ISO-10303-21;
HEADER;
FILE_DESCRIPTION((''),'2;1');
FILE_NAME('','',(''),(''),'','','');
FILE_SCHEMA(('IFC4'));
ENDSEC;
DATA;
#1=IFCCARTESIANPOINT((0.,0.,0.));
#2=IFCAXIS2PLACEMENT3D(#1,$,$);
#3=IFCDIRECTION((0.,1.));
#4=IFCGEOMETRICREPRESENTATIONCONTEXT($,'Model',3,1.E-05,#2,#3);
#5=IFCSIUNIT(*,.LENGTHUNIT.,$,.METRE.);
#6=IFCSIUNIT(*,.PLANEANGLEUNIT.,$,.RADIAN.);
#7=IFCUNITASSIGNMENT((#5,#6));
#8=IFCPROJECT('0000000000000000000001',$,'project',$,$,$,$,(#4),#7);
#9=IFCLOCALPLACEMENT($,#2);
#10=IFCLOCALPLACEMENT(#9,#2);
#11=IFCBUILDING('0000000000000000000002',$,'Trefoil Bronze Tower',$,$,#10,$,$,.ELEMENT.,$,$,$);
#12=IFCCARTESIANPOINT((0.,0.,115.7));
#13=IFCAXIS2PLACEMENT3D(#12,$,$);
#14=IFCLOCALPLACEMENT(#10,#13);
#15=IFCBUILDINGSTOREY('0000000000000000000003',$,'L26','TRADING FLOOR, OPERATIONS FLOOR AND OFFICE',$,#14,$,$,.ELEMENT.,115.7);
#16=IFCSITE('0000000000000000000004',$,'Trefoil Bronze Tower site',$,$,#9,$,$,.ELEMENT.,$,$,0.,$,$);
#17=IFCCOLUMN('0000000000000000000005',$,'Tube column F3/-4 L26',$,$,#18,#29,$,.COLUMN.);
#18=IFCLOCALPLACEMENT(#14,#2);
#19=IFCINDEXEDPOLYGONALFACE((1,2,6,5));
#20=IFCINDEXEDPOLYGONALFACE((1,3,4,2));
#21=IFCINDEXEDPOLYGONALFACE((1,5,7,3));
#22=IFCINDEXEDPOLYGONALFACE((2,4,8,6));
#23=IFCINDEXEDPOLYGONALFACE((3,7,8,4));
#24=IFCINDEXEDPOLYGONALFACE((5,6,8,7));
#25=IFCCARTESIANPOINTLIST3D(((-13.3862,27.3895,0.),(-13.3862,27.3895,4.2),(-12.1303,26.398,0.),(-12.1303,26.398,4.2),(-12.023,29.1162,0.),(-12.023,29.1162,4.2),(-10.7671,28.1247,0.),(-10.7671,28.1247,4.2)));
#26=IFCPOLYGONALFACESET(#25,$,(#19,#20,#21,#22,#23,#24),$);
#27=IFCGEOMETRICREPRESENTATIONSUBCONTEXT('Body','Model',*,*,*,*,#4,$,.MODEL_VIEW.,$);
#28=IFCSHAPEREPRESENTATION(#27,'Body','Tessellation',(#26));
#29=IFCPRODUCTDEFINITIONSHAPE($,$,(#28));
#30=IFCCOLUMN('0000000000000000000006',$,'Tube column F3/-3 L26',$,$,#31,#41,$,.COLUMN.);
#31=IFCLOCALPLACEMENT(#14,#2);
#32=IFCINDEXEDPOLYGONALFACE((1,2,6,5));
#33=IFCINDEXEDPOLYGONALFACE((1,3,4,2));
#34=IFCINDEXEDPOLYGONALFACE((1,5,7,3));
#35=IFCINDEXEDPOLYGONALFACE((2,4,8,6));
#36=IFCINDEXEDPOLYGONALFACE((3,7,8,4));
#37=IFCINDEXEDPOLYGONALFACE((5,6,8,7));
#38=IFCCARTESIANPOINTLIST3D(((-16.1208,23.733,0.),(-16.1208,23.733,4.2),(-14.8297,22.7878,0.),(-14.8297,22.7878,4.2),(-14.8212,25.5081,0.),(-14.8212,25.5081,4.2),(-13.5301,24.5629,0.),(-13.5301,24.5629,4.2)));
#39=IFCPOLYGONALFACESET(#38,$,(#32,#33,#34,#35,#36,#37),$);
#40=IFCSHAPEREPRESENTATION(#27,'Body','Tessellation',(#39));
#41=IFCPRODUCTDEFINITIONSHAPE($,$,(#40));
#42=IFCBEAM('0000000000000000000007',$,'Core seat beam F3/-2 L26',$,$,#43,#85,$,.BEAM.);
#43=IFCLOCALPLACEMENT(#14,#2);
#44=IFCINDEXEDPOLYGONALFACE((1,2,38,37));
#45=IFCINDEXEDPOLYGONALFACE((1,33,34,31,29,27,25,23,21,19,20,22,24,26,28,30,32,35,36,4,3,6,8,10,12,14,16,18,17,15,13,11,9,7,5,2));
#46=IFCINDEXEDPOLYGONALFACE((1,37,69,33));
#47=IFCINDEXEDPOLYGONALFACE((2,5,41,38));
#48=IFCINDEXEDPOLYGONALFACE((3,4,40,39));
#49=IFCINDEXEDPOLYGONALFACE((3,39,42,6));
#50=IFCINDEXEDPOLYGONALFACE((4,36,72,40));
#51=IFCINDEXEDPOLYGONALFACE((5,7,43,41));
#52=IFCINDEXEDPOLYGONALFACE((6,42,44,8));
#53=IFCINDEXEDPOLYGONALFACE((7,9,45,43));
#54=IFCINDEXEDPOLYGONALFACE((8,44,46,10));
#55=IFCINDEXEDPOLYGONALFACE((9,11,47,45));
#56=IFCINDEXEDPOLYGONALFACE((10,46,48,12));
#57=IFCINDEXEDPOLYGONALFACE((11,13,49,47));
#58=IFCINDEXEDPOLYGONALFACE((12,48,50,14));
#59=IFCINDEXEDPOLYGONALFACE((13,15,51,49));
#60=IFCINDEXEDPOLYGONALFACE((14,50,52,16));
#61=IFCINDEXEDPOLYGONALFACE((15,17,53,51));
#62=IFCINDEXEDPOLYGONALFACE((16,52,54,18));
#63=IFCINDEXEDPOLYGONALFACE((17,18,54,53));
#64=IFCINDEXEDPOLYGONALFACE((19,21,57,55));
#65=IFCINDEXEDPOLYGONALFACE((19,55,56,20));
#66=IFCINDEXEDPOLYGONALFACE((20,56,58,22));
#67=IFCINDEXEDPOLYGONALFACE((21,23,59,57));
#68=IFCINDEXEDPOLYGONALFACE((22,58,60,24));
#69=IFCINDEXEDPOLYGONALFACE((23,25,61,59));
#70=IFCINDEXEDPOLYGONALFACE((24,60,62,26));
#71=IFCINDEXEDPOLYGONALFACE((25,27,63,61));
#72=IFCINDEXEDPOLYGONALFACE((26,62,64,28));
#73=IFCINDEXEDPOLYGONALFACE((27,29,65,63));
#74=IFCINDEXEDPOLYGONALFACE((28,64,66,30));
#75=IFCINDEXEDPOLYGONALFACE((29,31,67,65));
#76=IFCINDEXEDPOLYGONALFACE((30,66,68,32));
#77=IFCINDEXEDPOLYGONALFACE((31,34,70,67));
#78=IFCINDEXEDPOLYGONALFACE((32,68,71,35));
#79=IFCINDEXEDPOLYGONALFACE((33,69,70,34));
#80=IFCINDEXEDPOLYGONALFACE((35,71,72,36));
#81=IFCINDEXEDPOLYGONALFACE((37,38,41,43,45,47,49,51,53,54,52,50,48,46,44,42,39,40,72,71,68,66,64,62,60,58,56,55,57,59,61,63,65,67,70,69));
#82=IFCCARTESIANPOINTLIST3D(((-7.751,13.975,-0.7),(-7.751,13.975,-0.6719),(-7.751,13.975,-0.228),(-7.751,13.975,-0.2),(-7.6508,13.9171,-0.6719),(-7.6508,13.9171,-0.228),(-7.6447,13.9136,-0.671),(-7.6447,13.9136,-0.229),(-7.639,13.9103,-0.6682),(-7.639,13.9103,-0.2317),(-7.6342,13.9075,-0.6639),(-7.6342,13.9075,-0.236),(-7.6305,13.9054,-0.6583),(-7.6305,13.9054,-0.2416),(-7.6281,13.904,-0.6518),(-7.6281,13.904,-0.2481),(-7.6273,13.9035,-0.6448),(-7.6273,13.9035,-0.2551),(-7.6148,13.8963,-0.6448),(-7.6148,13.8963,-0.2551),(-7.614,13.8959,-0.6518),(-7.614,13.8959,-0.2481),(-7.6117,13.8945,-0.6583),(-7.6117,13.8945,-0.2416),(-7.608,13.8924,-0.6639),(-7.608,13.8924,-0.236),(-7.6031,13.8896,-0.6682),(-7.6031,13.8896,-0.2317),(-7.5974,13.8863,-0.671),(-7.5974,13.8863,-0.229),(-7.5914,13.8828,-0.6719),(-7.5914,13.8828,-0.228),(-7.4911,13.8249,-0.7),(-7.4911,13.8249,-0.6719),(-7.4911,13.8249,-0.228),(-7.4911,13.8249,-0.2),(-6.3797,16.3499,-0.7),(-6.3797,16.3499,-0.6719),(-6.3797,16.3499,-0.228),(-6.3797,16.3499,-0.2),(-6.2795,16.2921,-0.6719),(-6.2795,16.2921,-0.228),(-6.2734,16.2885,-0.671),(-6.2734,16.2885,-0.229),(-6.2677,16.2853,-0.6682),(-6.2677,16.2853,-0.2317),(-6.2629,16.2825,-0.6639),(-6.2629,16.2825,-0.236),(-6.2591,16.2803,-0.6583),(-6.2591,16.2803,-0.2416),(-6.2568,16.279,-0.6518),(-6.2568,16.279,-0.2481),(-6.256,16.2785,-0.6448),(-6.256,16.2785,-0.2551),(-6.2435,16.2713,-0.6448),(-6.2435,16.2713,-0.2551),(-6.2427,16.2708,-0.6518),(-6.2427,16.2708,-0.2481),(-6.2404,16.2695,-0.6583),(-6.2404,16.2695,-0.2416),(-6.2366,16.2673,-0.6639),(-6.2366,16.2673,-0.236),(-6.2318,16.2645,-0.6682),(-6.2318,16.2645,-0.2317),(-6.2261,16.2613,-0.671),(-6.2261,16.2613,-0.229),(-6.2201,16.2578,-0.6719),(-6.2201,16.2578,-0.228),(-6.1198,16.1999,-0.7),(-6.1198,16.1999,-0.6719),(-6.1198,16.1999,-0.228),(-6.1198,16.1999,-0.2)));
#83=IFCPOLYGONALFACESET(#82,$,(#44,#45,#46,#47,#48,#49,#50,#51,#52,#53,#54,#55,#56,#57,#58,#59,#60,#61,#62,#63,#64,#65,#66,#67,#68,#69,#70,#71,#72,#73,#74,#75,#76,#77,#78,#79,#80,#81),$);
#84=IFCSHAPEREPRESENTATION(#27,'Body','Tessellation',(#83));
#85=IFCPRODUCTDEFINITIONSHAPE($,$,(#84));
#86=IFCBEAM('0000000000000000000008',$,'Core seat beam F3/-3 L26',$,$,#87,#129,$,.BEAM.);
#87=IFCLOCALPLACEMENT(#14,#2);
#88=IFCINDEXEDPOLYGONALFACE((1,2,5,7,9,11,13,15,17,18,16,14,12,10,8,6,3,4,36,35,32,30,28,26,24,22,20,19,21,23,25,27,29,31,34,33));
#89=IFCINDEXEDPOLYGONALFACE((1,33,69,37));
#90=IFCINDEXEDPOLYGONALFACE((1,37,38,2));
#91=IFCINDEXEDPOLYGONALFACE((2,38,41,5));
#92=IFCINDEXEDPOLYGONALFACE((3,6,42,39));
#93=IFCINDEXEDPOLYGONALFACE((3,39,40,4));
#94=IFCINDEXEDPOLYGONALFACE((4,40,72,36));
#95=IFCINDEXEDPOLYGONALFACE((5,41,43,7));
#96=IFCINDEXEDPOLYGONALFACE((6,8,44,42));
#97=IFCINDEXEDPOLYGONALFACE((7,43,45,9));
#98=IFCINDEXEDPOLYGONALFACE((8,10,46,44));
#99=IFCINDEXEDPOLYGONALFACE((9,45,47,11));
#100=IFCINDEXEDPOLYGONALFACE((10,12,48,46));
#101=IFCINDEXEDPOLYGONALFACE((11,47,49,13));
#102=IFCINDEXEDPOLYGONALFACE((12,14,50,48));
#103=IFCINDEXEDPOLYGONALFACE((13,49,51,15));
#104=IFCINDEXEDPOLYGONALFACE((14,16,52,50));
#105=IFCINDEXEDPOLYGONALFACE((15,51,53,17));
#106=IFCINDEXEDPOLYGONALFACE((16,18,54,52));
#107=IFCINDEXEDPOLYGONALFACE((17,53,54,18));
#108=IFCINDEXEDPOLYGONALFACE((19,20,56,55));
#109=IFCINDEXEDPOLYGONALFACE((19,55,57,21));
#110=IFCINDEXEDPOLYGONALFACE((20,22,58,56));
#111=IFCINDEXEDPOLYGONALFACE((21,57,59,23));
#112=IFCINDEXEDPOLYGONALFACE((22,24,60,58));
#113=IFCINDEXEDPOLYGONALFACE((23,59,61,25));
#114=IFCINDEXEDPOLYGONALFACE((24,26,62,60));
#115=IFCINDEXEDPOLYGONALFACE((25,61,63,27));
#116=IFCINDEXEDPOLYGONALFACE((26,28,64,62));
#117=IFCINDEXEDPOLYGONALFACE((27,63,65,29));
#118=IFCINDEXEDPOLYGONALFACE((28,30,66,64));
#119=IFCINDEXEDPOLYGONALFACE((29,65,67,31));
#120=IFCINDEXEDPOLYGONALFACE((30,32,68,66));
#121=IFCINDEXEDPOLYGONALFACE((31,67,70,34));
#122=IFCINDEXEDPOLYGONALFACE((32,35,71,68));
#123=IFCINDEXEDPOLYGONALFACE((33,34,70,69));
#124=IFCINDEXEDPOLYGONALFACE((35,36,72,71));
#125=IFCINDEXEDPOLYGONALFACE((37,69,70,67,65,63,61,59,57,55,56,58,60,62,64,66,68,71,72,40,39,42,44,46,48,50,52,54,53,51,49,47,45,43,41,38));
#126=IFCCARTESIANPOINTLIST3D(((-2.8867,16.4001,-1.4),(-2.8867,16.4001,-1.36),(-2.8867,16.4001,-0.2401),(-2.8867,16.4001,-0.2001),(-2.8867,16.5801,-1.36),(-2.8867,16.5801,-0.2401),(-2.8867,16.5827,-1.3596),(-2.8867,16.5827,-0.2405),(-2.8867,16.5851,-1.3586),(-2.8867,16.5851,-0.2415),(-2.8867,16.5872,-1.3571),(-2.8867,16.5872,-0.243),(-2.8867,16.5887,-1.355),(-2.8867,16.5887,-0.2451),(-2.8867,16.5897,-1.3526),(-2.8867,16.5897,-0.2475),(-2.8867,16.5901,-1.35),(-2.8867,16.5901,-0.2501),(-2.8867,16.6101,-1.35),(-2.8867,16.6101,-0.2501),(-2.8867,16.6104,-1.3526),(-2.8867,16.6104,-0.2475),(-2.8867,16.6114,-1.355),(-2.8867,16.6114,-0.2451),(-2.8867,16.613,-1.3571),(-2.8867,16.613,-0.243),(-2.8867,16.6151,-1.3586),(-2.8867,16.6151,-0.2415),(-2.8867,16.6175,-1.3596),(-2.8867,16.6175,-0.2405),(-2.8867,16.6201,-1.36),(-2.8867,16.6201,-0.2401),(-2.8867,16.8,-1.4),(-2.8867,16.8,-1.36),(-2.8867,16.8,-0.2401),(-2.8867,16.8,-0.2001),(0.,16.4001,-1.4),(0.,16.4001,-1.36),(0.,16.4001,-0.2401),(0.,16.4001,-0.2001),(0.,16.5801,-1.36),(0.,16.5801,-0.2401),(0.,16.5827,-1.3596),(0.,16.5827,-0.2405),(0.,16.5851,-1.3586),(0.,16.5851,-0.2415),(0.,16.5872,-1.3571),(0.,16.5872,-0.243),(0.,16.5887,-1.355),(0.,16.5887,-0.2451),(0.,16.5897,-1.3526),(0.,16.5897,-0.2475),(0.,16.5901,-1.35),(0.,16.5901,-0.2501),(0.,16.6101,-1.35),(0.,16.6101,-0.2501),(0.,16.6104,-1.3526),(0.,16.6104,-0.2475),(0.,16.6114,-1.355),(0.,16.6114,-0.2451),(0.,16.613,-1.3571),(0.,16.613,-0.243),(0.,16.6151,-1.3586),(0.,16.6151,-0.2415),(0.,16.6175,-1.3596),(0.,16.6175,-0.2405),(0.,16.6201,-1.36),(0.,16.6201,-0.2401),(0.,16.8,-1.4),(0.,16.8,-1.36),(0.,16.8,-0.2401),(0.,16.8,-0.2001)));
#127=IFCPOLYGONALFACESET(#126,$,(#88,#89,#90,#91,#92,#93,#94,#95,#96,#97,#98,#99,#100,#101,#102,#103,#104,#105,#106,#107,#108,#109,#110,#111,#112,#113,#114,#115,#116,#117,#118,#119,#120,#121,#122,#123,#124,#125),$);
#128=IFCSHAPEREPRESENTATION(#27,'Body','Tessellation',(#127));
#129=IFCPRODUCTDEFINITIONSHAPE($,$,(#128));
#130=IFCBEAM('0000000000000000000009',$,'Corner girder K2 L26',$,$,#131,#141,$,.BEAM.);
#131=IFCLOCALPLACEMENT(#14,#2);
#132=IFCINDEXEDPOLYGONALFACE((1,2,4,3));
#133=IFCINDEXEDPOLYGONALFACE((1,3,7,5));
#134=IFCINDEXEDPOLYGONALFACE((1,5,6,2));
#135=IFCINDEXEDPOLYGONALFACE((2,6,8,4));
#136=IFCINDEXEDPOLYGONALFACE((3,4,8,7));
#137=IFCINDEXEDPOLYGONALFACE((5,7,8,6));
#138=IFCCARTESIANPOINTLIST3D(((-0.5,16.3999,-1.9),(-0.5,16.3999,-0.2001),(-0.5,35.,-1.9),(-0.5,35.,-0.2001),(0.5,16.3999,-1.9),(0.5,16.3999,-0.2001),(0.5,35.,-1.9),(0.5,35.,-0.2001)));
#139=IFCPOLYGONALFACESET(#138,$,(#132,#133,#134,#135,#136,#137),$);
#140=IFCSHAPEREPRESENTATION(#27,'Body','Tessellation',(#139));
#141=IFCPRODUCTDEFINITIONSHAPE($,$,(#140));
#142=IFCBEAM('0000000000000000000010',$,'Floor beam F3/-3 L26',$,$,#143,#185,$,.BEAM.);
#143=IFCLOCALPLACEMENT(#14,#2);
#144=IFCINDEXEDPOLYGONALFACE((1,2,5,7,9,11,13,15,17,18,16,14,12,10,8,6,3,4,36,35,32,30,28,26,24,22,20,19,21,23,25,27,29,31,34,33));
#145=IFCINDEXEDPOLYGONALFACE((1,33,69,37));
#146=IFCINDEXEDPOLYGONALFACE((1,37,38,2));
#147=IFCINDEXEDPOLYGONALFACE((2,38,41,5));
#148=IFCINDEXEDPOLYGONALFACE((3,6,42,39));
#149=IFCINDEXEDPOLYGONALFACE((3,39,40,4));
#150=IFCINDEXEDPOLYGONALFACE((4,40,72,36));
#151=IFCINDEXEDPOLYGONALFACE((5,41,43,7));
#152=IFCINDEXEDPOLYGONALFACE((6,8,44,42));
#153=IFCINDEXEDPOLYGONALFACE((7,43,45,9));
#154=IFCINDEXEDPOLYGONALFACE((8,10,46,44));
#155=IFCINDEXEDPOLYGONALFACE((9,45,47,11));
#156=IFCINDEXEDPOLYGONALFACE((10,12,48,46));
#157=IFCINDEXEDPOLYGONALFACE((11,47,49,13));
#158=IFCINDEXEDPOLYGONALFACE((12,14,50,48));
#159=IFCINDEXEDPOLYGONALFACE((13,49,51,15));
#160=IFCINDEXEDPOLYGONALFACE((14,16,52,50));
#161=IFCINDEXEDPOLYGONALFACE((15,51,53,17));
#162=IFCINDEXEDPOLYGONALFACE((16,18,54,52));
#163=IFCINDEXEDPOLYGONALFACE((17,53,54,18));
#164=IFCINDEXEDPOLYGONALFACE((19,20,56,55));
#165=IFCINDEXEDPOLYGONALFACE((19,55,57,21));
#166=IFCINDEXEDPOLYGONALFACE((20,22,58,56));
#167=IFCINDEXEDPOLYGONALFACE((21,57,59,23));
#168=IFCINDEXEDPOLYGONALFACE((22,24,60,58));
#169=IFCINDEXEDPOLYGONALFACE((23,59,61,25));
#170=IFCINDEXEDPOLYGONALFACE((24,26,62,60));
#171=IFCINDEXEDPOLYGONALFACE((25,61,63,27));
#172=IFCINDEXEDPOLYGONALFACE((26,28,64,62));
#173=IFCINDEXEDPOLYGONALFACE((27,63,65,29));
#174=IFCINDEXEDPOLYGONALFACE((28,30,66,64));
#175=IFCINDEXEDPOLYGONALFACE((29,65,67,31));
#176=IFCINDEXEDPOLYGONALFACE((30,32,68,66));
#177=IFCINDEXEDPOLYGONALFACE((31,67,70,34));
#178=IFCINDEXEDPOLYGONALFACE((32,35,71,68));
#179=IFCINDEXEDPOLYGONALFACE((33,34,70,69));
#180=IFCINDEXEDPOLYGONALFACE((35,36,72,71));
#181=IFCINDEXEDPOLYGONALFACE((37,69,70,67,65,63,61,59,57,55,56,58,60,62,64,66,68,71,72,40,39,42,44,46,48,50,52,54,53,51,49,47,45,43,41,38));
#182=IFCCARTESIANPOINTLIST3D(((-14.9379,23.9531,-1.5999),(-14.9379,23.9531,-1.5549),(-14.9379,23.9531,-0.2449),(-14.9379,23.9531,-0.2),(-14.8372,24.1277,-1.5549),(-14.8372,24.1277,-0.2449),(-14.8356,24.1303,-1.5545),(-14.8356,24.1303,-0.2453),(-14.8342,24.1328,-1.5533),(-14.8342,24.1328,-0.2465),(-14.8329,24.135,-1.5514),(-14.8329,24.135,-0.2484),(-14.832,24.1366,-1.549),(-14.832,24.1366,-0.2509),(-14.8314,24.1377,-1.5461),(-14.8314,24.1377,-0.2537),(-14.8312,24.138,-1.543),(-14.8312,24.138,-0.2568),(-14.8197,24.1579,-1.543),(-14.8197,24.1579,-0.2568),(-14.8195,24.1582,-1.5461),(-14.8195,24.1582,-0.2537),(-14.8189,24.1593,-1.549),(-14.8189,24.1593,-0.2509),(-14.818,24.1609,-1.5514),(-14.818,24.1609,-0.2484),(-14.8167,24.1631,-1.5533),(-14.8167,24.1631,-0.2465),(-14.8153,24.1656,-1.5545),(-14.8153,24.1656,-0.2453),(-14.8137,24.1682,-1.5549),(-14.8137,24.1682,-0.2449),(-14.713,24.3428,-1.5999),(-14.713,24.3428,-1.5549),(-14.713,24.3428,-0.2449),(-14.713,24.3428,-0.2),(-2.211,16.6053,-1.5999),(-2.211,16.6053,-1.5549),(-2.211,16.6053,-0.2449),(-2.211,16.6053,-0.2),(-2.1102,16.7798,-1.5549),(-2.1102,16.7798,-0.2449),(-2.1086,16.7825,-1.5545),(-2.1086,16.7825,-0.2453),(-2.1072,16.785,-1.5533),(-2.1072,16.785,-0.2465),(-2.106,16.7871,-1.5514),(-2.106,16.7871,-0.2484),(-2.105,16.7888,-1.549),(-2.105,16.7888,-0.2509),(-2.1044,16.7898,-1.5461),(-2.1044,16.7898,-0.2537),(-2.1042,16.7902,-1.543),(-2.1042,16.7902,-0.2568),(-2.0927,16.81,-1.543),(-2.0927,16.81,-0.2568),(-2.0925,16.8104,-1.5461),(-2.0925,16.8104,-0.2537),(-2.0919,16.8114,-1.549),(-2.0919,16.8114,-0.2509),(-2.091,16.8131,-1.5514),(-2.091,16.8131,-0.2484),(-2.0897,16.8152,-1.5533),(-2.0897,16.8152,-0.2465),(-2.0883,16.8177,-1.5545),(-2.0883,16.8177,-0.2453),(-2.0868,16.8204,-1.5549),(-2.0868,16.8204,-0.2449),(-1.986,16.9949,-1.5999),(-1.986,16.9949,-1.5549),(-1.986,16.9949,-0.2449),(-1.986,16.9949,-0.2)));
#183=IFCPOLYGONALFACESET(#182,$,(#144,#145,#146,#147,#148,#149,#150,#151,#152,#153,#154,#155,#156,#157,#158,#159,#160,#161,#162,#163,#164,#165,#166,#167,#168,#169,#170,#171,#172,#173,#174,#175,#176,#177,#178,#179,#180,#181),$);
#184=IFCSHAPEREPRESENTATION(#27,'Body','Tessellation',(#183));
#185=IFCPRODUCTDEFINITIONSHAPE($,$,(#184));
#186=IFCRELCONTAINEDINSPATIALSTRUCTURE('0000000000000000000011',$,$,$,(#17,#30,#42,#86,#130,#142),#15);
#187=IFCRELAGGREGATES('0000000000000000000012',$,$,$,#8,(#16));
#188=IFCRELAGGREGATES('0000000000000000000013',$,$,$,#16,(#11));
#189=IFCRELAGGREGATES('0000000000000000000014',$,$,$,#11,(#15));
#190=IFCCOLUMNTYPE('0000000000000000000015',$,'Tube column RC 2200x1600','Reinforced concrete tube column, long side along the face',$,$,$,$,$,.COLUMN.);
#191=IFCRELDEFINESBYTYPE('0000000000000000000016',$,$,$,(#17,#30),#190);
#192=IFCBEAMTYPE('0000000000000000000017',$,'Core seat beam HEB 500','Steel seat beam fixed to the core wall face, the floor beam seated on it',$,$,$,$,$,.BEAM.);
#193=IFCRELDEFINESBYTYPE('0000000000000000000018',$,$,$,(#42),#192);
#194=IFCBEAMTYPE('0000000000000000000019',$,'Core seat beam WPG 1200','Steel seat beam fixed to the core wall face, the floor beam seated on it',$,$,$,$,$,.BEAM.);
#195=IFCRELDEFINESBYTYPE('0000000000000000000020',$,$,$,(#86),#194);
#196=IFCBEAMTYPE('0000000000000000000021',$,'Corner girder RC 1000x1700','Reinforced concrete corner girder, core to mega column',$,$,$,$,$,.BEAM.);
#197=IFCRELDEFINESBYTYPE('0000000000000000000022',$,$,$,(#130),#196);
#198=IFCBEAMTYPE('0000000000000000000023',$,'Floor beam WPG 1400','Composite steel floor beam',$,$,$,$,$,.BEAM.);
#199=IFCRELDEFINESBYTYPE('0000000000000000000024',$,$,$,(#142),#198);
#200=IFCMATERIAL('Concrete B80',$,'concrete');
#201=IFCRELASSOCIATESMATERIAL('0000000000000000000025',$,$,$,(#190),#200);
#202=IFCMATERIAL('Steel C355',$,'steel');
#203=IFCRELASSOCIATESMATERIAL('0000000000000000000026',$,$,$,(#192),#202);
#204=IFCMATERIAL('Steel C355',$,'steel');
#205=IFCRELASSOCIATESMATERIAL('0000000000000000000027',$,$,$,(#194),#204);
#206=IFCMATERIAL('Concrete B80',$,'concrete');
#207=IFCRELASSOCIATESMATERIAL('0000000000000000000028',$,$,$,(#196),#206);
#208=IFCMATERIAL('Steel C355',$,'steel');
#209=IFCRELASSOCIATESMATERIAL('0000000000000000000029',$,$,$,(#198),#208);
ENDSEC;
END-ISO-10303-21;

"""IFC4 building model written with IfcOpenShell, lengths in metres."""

from ifc_helpers import new_model, si_unit, direction, frame, origin, origin_2d, place, context, subcontext, project, spatial, rectangle, i_section, extrude, material, material_profile, profile_set, type_object, element, save


model = new_model("IFC4")

# Units and contexts
model_context = context("Model", 3, precision=1e-05, world=origin(), true_north=direction((0.0, 1.0)))
body_context = subcontext(model_context, "Body", "Model", "MODEL_VIEW")
ifc_project = project(units=[si_unit("LENGTHUNIT", "METRE"), si_unit("PLANEANGLEUNIT", "RADIAN")], contexts=[model_context])

# Site, building, storey
site_placement = place(None, origin())
site = spatial("IfcSite", under=ifc_project, at=site_placement, Name="Trefoil Bronze Tower site", CompositionType="ELEMENT", RefElevation=0.0)
building_placement = place(site_placement, origin())
building = spatial("IfcBuilding", under=site, at=building_placement, Name="Trefoil Bronze Tower", CompositionType="ELEMENT")
storey_placement = place(building_placement, frame((0.0, 0.0, 115.7)))
storey = spatial("IfcBuildingStorey", under=building, at=storey_placement, Name="L26", Description="TRADING FLOOR, OPERATIONS FLOOR AND OFFICE", CompositionType="ELEMENT", Elevation=115.7)

# Columns
ifc_material_1 = material(Name="Concrete B80", Category="concrete")
ifc_material_profile_1 = material_profile(ifc_material_1, rectangle(XDim=2.2, YDim=1.6001, at=origin_2d()), Name="RC 2200x1600")
ifc_profile_set_1 = profile_set([ifc_material_profile_1], Name="Concrete B80")
column_type = type_object("IfcColumnType", Name="Tube column RC 2200x1600", Description="Reinforced concrete tube column, long side along the face", PredefinedType="COLUMN", material=ifc_profile_set_1)
for number, where, z_axis, x_axis, name in (
    (1, (-12.0767, 27.7571, 0.0), (0.0, 0.0, 1.0), (-0.619649, -0.784879, 0.0), "Tube column F3/-4 L26"),
    (2, (-14.8254, 24.1479, 0.0), (0.0, 0.0, 1.0), (-0.590723, -0.806875, 0.0), "Tube column F3/-3 L26"),
):
    element("IfcColumn", number, at=place(storey_placement, frame(where, z_axis=z_axis, x_axis=x_axis)), inside=storey, type_object=column_type, Name=name, PredefinedType="COLUMN", context=body_context, shape_type="SweptSolid", body=[
        extrude(rectangle(XDim=2.2, YDim=1.6001, at=origin_2d()), origin(), (0.0, 0.0, 1.0), 4.2),
    ])

# Beams
ifc_material_2 = material(Name="Steel C355", Category="steel")
ifc_material_profile_2 = material_profile(ifc_material_2, i_section(OverallWidth=0.3, OverallDepth=0.5, WebThickness=0.0144, FlangeThickness=0.0281, FilletRadius=0.0271, at=origin_2d()), Name="HEB 500")
ifc_profile_set_2 = profile_set([ifc_material_profile_2], Name="Steel C355")
beam_type_1 = type_object("IfcBeamType", Name="Core seat beam HEB 500", Description="Steel seat beam fixed to the core wall face, the floor beam seated on it", PredefinedType="BEAM", material=ifc_profile_set_2)
beam_1_placement = place(storey_placement, frame((-6.2498, 16.2749, -0.45), z_axis=(-0.500036, -0.866005, 0.0), x_axis=(0.866005, -0.500036, 0.0)))
element("IfcBeam", 3, at=beam_1_placement, inside=storey, type_object=beam_type_1, Name="Core seat beam F3/-2 L26", PredefinedType="BEAM", context=body_context, shape_type="SweptSolid", body=[
    extrude(i_section(OverallWidth=0.3, OverallDepth=0.5, WebThickness=0.0144, FlangeThickness=0.0281, FilletRadius=0.0271, at=origin_2d()), origin(), (0.0, 0.0, 1.0), 2.7424),
])
ifc_material_3 = material(Name="Steel C355", Category="steel")
ifc_material_profile_3 = material_profile(ifc_material_3, i_section(OverallWidth=0.3999, OverallDepth=1.2, WebThickness=0.02, FlangeThickness=0.04, FilletRadius=0.01, at=origin_2d()), Name="WPG 1200")
ifc_profile_set_3 = profile_set([ifc_material_profile_3], Name="Steel C355")
beam_type_2 = type_object("IfcBeamType", Name="Core seat beam WPG 1200", Description="Steel seat beam fixed to the core wall face, the floor beam seated on it", PredefinedType="BEAM", material=ifc_profile_set_3)
beam_2_placement = place(storey_placement, frame((0.0, 16.6001, -0.8), z_axis=(-1.0, 0.0, 0.0), x_axis=(0.0, -1.0, 0.0)))
element("IfcBeam", 4, at=beam_2_placement, inside=storey, type_object=beam_type_2, Name="Core seat beam F3/-3 L26", PredefinedType="BEAM", context=body_context, shape_type="SweptSolid", body=[
    extrude(i_section(OverallWidth=0.3999, OverallDepth=1.2, WebThickness=0.02, FlangeThickness=0.04, FilletRadius=0.01, at=origin_2d()), origin(), (0.0, 0.0, 1.0), 2.8867),
])
ifc_material_4 = material(Name="Concrete B80", Category="concrete")
ifc_material_profile_4 = material_profile(ifc_material_4, rectangle(XDim=1.0, YDim=1.7, at=origin_2d()), Name="RC 1000x1700")
ifc_profile_set_4 = profile_set([ifc_material_profile_4], Name="Concrete B80")
beam_type_3 = type_object("IfcBeamType", Name="Corner girder RC 1000x1700", Description="Reinforced concrete corner girder, core to mega column", PredefinedType="BEAM", material=ifc_profile_set_4)
beam_3_placement = place(storey_placement, frame((0.0, 16.3999, -1.05), z_axis=(0.0, 1.0, 0.0), x_axis=(-1.0, 0.0, 0.0)))
element("IfcBeam", 5, at=beam_3_placement, inside=storey, type_object=beam_type_3, Name="Corner girder K2 L26", PredefinedType="BEAM", context=body_context, shape_type="SweptSolid", body=[
    extrude(rectangle(XDim=1.0, YDim=1.7, at=origin_2d()), origin(), (0.0, 0.0, 1.0), 18.6001),
])
ifc_material_5 = material(Name="Steel C355", Category="steel")
ifc_material_profile_5 = material_profile(ifc_material_5, i_section(OverallWidth=0.45, OverallDepth=1.3999, WebThickness=0.0229, FlangeThickness=0.0449, FilletRadius=0.012, at=origin_2d()), Name="WPG 1400")
ifc_profile_set_5 = profile_set([ifc_material_profile_5], Name="Steel C355")
beam_type_4 = type_object("IfcBeamType", Name="Floor beam WPG 1400", Description="Composite steel floor beam", PredefinedType="BEAM", material=ifc_profile_set_5)
beam_4_placement = place(storey_placement, frame((-14.8254, 24.1479, -0.8999), z_axis=(0.866027, -0.499997, 0.0), x_axis=(0.499997, 0.866027, 0.0)))
element("IfcBeam", 6, at=beam_4_placement, inside=storey, type_object=beam_type_4, Name="Floor beam F3/-3 L26", PredefinedType="BEAM", context=body_context, shape_type="SweptSolid", body=[
    extrude(i_section(OverallWidth=0.45, OverallDepth=1.3999, WebThickness=0.0229, FlangeThickness=0.0449, FilletRadius=0.012, at=origin_2d()), origin(), (0.0, 0.0, 1.0), 14.6958),
])

save(model, "model.ifc")
